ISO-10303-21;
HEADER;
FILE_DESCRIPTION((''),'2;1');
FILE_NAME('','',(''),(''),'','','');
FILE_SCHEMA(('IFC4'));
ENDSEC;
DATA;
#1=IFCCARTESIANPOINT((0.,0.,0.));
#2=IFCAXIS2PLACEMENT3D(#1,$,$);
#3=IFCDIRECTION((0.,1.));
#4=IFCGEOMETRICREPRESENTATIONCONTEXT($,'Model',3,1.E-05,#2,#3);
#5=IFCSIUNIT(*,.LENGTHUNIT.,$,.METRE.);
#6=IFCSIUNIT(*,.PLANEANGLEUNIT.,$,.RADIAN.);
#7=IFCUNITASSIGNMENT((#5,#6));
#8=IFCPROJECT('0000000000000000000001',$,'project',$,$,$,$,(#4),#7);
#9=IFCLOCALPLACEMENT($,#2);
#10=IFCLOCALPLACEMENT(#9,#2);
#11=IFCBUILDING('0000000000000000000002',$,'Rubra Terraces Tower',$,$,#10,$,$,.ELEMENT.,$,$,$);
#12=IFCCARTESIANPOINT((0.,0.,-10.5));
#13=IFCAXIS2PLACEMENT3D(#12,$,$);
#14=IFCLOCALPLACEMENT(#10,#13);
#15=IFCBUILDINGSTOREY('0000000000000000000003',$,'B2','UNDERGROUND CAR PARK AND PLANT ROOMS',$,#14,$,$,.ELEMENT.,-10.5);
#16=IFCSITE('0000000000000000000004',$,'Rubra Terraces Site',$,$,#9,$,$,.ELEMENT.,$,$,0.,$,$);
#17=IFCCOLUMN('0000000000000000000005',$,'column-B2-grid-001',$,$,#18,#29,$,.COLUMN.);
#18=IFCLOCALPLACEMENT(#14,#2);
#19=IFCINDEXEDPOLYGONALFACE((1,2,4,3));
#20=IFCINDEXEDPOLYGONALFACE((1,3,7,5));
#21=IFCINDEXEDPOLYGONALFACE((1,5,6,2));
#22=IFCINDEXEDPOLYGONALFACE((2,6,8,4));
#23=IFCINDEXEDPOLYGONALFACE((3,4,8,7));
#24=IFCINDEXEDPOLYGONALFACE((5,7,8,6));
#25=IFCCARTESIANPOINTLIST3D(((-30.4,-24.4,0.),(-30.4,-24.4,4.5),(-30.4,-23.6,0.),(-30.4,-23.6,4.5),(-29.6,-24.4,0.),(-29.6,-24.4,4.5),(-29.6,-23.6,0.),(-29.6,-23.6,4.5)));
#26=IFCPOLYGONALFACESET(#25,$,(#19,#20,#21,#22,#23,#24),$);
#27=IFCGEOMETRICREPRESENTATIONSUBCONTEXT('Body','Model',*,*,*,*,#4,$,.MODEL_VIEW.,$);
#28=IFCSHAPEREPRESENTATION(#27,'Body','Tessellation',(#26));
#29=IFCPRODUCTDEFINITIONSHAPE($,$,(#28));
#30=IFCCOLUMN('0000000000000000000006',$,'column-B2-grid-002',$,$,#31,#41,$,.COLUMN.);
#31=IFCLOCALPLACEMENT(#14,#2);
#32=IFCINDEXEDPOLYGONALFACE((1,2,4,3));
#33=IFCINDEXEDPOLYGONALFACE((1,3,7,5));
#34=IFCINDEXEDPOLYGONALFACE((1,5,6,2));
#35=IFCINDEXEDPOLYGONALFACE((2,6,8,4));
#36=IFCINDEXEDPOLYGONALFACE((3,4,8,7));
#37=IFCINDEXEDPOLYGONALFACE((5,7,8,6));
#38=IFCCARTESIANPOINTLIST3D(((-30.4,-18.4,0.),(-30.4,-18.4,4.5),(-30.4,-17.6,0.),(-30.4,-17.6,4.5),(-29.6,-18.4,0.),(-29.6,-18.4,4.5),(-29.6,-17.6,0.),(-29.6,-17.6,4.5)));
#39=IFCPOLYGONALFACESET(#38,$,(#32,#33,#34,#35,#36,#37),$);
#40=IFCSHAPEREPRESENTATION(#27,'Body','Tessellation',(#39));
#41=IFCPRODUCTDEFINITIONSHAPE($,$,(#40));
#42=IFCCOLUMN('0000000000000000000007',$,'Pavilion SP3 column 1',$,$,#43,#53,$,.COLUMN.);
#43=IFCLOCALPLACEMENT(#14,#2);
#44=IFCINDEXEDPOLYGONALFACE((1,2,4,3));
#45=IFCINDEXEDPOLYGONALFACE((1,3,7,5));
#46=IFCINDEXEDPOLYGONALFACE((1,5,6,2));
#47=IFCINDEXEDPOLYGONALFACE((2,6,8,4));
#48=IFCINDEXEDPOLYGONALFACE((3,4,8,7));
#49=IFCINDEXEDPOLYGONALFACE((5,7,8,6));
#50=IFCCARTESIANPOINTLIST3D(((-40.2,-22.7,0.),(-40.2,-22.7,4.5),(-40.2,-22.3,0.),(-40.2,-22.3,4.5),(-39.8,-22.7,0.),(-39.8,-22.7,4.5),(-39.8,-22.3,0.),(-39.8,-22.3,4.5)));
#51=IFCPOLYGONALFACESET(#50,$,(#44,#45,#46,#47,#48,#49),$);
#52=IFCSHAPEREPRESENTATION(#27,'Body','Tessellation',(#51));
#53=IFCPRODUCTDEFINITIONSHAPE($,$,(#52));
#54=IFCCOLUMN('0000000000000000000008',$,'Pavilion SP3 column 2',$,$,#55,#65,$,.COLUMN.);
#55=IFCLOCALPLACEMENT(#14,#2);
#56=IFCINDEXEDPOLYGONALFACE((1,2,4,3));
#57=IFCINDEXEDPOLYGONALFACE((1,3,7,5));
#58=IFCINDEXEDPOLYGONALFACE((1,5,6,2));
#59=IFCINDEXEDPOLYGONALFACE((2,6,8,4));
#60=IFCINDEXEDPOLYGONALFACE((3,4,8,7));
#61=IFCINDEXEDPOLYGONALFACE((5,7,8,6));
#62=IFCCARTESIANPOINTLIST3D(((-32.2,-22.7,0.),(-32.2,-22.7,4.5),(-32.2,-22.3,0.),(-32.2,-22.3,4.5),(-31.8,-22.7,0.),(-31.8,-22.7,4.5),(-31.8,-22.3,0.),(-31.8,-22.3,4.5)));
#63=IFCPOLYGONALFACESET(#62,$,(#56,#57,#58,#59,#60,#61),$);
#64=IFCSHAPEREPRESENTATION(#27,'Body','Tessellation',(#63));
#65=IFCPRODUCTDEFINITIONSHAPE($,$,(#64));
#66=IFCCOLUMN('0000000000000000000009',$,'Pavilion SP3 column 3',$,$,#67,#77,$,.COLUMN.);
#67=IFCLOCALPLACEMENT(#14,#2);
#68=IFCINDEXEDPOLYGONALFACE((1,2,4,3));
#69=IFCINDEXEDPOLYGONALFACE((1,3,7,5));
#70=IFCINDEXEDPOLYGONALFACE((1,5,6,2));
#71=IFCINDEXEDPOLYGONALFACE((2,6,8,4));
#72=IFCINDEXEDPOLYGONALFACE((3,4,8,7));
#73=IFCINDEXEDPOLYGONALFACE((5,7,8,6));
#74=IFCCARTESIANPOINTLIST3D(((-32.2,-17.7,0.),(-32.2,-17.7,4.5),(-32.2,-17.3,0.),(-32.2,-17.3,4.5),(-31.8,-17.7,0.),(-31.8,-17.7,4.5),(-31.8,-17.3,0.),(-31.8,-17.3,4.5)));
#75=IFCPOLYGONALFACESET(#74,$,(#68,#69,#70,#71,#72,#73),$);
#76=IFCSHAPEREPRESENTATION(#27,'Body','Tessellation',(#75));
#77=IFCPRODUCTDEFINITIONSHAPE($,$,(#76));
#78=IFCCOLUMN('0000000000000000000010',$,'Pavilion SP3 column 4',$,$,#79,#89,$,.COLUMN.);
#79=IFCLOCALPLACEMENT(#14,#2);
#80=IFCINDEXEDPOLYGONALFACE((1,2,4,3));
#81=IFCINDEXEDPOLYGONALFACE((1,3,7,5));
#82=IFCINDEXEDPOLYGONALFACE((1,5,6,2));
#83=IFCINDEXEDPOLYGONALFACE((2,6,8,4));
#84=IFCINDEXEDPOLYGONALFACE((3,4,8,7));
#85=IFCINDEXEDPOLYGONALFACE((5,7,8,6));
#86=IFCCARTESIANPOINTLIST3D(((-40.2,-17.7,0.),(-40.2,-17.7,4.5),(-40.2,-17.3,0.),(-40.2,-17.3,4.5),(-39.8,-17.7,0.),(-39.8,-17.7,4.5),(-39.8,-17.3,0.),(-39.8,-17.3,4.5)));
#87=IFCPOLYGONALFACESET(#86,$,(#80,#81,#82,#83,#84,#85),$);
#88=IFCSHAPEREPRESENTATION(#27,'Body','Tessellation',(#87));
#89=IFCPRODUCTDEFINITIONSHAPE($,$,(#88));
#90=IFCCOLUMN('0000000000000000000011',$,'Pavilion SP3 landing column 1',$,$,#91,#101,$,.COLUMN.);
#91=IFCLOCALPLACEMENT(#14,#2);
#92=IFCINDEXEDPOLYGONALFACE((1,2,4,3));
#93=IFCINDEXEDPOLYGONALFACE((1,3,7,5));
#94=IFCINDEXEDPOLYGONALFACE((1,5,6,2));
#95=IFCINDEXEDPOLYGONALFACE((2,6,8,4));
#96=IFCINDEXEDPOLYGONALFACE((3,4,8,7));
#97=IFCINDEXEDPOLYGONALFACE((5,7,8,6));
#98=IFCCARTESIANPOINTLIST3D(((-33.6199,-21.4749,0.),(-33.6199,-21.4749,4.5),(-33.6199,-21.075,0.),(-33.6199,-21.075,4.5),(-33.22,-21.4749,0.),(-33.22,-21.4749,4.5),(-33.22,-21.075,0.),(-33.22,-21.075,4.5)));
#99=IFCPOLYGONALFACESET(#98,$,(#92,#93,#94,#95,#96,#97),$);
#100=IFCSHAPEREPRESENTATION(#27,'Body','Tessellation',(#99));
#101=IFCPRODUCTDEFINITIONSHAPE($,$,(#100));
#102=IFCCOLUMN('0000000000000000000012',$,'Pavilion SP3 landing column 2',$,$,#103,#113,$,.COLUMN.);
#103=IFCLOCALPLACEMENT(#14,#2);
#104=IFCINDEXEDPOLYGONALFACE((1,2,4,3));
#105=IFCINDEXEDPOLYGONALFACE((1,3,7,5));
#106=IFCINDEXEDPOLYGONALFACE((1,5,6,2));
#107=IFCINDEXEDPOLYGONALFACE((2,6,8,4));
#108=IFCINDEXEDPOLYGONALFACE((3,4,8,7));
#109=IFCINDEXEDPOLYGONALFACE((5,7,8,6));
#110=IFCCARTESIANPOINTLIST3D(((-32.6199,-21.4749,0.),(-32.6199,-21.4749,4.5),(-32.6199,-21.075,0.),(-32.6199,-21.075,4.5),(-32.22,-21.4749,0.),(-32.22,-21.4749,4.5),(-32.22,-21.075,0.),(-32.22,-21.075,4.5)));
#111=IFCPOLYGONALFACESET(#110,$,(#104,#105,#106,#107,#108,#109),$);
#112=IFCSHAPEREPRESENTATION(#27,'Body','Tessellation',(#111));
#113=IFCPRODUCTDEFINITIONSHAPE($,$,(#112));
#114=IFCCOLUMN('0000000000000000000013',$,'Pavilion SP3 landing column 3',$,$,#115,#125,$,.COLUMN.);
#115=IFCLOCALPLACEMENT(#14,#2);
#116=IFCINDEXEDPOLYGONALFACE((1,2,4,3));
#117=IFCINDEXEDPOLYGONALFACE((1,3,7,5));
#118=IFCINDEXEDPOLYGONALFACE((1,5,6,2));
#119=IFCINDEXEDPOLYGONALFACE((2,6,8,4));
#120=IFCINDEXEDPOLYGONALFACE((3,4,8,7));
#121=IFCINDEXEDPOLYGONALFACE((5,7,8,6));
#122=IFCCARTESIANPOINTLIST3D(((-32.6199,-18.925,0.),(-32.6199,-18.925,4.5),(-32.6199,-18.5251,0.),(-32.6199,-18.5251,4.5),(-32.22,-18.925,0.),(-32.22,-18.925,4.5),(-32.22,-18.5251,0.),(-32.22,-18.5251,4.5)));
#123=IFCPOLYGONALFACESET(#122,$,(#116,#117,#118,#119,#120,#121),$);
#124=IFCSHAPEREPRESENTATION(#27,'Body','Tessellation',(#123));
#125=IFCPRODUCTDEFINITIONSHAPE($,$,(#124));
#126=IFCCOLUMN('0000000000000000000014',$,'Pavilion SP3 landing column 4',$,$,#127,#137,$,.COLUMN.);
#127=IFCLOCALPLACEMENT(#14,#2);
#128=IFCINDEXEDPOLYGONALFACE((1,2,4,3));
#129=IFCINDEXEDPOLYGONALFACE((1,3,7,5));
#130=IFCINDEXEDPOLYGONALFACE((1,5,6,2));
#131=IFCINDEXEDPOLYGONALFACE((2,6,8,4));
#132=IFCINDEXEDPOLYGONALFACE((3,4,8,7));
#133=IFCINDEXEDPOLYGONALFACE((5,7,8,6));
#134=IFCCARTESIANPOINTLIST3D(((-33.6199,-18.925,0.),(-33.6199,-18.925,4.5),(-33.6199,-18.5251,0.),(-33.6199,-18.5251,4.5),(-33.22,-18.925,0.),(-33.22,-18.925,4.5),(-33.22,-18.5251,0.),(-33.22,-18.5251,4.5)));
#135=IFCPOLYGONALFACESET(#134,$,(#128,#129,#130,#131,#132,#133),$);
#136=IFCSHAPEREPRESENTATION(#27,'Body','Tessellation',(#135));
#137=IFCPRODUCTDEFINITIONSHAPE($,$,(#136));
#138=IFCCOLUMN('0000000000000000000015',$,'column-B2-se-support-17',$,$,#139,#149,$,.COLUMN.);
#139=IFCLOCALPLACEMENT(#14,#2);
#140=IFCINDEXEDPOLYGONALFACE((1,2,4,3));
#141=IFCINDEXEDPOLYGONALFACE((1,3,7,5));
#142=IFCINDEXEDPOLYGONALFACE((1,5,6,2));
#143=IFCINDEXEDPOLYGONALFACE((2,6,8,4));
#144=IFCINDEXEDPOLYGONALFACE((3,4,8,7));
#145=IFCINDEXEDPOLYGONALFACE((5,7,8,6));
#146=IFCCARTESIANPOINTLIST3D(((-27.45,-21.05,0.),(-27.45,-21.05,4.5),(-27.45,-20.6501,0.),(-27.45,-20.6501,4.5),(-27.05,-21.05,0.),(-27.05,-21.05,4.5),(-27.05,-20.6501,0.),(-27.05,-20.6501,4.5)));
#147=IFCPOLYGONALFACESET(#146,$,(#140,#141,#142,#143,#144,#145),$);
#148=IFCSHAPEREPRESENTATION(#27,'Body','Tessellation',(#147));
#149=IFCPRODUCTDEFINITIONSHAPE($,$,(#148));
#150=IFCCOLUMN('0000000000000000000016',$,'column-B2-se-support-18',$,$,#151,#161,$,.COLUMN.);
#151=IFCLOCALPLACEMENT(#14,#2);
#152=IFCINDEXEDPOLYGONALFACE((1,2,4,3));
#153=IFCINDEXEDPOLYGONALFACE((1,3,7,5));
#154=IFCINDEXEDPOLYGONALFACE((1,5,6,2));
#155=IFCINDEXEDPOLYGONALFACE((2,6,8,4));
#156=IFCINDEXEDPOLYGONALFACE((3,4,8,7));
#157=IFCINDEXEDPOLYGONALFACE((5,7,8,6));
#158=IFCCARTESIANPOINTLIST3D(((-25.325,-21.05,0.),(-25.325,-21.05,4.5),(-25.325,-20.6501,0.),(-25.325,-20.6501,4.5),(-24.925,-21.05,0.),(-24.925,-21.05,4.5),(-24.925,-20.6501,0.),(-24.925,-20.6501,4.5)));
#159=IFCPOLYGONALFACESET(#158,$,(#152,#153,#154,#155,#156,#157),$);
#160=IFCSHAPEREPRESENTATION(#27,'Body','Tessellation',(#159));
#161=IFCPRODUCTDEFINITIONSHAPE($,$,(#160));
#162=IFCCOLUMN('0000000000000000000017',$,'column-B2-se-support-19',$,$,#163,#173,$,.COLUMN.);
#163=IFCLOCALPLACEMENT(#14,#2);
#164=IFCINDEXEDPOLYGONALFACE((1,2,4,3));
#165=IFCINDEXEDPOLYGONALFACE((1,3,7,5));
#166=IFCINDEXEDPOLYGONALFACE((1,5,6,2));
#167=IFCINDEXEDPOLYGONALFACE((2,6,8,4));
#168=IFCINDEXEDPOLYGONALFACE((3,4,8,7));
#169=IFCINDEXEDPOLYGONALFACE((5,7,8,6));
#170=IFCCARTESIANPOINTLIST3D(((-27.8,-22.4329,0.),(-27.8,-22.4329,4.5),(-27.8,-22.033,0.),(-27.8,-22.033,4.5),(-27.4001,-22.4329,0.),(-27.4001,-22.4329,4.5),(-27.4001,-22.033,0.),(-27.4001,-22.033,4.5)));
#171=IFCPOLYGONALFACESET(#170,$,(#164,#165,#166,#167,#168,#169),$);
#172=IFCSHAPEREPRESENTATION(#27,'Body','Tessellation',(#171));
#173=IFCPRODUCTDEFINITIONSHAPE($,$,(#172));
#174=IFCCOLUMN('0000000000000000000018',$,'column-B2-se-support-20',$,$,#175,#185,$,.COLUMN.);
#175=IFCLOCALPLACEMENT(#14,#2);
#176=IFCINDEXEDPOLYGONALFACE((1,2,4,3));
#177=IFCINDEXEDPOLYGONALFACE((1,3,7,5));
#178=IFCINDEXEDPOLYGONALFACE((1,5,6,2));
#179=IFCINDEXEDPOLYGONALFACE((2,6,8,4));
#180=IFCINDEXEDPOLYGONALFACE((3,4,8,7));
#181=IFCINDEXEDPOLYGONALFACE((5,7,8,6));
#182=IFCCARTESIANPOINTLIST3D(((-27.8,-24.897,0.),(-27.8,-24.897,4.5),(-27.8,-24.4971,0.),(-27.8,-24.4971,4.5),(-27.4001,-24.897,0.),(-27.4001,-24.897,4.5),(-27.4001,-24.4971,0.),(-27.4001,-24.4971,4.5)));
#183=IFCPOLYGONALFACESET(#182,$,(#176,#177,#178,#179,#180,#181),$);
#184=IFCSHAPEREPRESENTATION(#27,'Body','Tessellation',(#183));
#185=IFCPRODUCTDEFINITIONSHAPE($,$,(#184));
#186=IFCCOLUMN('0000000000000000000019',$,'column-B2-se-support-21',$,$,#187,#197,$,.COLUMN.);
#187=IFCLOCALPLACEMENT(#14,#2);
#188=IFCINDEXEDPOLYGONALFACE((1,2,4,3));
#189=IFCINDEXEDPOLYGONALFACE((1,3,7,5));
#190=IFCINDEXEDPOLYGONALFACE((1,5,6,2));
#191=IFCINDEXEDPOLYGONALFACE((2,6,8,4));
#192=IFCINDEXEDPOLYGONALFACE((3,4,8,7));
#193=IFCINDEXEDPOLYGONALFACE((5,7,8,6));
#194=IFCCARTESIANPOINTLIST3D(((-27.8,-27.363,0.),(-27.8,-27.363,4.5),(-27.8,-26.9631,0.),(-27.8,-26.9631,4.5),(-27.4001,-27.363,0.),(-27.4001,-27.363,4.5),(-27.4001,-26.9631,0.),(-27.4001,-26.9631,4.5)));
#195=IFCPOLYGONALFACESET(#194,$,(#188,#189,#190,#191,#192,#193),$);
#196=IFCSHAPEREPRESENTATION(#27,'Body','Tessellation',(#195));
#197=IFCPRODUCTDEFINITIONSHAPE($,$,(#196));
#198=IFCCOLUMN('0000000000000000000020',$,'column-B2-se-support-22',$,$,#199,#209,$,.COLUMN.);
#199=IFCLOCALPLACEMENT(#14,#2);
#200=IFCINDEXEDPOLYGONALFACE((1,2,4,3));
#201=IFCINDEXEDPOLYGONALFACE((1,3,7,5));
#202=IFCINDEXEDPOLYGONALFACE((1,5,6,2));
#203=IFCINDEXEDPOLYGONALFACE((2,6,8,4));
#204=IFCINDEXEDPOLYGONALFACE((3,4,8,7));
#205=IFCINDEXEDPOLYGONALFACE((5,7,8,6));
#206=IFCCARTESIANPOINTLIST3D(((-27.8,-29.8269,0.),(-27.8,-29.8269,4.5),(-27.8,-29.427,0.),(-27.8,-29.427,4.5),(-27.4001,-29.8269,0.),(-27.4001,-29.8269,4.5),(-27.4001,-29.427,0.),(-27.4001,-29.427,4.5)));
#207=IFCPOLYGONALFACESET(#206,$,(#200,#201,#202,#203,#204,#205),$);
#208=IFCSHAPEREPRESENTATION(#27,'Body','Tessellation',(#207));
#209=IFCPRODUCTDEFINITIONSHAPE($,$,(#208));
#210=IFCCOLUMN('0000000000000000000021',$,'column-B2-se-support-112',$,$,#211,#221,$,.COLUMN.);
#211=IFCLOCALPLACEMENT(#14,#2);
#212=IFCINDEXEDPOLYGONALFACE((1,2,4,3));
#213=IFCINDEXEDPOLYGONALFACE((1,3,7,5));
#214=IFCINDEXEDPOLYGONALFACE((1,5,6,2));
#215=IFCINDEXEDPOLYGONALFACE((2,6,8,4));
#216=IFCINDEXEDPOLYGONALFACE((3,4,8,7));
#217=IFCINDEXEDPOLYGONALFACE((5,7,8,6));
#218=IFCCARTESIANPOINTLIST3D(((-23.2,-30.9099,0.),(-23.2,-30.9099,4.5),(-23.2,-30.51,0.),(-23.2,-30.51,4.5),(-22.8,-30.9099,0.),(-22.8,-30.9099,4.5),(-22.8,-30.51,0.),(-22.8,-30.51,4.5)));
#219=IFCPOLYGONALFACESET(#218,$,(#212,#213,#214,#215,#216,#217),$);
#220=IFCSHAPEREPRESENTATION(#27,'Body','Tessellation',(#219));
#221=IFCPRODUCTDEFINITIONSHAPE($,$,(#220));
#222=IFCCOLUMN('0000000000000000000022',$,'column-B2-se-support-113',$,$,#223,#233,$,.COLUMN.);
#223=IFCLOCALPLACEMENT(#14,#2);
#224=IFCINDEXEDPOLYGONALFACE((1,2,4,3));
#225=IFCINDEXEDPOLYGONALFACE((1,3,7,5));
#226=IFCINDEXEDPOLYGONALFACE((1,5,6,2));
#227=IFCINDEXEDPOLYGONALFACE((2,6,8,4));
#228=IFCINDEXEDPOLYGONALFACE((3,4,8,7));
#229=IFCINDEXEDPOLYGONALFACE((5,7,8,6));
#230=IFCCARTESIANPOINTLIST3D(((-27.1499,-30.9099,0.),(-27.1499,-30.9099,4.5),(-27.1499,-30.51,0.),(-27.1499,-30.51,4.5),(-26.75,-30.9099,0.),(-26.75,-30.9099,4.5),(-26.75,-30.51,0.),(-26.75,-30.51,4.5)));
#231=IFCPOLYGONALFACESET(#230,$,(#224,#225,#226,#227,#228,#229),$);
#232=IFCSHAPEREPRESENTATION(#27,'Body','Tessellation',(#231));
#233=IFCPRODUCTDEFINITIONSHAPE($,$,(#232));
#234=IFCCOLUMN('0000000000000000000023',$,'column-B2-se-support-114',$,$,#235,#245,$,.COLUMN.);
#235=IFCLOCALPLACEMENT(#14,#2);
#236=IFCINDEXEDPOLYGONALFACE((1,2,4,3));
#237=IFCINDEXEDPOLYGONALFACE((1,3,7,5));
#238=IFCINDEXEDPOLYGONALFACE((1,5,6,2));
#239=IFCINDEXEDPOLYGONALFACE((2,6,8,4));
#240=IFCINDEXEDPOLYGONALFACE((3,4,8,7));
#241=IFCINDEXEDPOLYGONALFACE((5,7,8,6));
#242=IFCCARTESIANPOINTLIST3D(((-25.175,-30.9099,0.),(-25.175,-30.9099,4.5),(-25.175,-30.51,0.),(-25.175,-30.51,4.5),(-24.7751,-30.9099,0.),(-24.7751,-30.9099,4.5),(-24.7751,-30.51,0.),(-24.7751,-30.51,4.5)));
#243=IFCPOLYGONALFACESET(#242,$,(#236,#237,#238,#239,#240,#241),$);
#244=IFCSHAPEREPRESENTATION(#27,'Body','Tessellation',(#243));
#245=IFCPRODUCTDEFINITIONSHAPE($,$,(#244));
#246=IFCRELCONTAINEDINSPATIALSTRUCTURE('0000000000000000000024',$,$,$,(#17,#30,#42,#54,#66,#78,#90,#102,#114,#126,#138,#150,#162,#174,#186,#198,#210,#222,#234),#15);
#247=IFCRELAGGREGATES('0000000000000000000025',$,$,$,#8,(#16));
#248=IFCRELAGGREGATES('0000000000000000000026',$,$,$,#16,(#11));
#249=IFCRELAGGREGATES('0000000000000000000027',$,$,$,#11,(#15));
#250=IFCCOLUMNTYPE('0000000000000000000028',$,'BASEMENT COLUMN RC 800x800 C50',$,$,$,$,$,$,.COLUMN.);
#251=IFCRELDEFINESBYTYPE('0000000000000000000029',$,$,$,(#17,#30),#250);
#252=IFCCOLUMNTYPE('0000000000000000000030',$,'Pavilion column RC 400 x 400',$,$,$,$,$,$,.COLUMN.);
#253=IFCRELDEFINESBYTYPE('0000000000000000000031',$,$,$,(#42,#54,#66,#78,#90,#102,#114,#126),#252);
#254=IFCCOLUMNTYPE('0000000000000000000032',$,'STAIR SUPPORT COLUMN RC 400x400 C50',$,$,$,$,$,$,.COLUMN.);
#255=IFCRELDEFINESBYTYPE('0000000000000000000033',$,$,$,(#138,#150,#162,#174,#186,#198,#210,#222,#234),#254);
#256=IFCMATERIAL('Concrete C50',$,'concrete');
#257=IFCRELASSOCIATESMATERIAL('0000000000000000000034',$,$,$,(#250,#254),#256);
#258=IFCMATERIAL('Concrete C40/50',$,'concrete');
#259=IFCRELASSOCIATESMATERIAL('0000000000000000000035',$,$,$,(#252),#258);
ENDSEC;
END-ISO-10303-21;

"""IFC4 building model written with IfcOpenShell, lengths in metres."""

from ifc_helpers import new_model, si_unit, direction, frame, origin, origin_2d, place, context, subcontext, project, spatial, rectangle, extrude, material, material_profile, profile_set, type_object, element, save


model = new_model("IFC4")

# Units and contexts
model_context = context("Model", 3, precision=1e-05, world=origin(), true_north=direction((0.0, 1.0)))
body_context = subcontext(model_context, "Body", "Model", "MODEL_VIEW")
ifc_project = project(units=[si_unit("LENGTHUNIT", "METRE"), si_unit("PLANEANGLEUNIT", "RADIAN")], contexts=[model_context])

# Site, building, storey
site_placement = place(None, origin())
site = spatial("IfcSite", under=ifc_project, at=site_placement, Name="Rubra Terraces Site", CompositionType="ELEMENT", RefElevation=0.0)
building_placement = place(site_placement, origin())
building = spatial("IfcBuilding", under=site, at=building_placement, Name="Rubra Terraces Tower", CompositionType="ELEMENT")
storey_placement = place(building_placement, frame((0.0, 0.0, -10.5)))
storey = spatial("IfcBuildingStorey", under=building, at=storey_placement, Name="B2", Description="UNDERGROUND CAR PARK AND PLANT ROOMS", CompositionType="ELEMENT", Elevation=-10.5)

# Columns
ifc_material_1 = material(Name="Concrete C50", Category="concrete")
ifc_material_profile_1 = material_profile(ifc_material_1, rectangle(XDim=0.8, YDim=0.8, at=origin_2d()), Name="RC 800x800")
ifc_profile_set_1 = profile_set([ifc_material_profile_1], Name="Concrete C50")
column_type_1 = type_object("IfcColumnType", Name="BASEMENT COLUMN RC 800x800 C50", PredefinedType="COLUMN", material=ifc_profile_set_1)
for number, where, z_axis, x_axis, name in (
    (1, (-30.0, -24.0, 0.0), (0.0, 0.0, 1.0), (1.0, 0.0, 0.0), "column-B2-grid-001"),
    (2, (-30.0, -18.0, 0.0), (0.0, 0.0, 1.0), (1.0, 0.0, 0.0), "column-B2-grid-002"),
):
    element("IfcColumn", number, at=place(storey_placement, frame(where, z_axis=z_axis, x_axis=x_axis)), inside=storey, type_object=column_type_1, Name=name, PredefinedType="COLUMN", context=body_context, shape_type="SweptSolid", body=[
        extrude(rectangle(XDim=0.8, YDim=0.8, at=origin_2d()), origin(), (0.0, 0.0, 1.0), 4.5),
    ])
ifc_material_2 = material(Name="Concrete C40/50", Category="concrete")
ifc_material_profile_2 = material_profile(ifc_material_2, rectangle(XDim=0.3999, YDim=0.3999, at=origin_2d()), Name="RC 400x400")
ifc_profile_set_2 = profile_set([ifc_material_profile_2], Name="Concrete C40/50")
column_type_2 = type_object("IfcColumnType", Name="Pavilion column RC 400 x 400", PredefinedType="COLUMN", material=ifc_profile_set_2)
for number, where, z_axis, x_axis, name in (
    (3, (-40.0, -22.5, 0.0), (0.0, 0.0, 1.0), (1.0, 0.0, 0.0), "Pavilion SP3 column 1"),
    (4, (-32.0, -22.5, 0.0), (0.0, 0.0, 1.0), (1.0, 0.0, 0.0), "Pavilion SP3 column 2"),
    (5, (-32.0, -17.5, 0.0), (0.0, 0.0, 1.0), (1.0, 0.0, 0.0), "Pavilion SP3 column 3"),
    (6, (-40.0, -17.5, 0.0), (0.0, 0.0, 1.0), (1.0, 0.0, 0.0), "Pavilion SP3 column 4"),
    (7, (-33.4199, -21.2749, 0.0), (0.0, 0.0, 1.0), (1.0, 0.0, 0.0), "Pavilion SP3 landing column 1"),
    (8, (-32.4199, -21.2749, 0.0), (0.0, 0.0, 1.0), (1.0, 0.0, 0.0), "Pavilion SP3 landing column 2"),
    (9, (-32.4199, -18.7251, 0.0), (0.0, 0.0, 1.0), (1.0, 0.0, 0.0), "Pavilion SP3 landing column 3"),
    (10, (-33.4199, -18.7251, 0.0), (0.0, 0.0, 1.0), (1.0, 0.0, 0.0), "Pavilion SP3 landing column 4"),
):
    element("IfcColumn", number, at=place(storey_placement, frame(where, z_axis=z_axis, x_axis=x_axis)), inside=storey, type_object=column_type_2, Name=name, PredefinedType="COLUMN", context=body_context, shape_type="SweptSolid", body=[
        extrude(rectangle(XDim=0.3999, YDim=0.3999, at=origin_2d()), origin(), (0.0, 0.0, 1.0), 4.5),
    ])
ifc_material_profile_3 = material_profile(ifc_material_1, rectangle(XDim=0.3999, YDim=0.3999, at=origin_2d()), Name="RC 400x400")
ifc_profile_set_3 = profile_set([ifc_material_profile_3], Name="Concrete C50")
column_type_3 = type_object("IfcColumnType", Name="STAIR SUPPORT COLUMN RC 400x400 C50", PredefinedType="COLUMN", material=ifc_profile_set_3)
for number, where, z_axis, x_axis, name in (
    (11, (-27.25, -20.8501, 0.0), (0.0, 0.0, 1.0), (1.0, 0.0, 0.0), "column-B2-se-support-17"),
    (12, (-25.125, -20.8501, 0.0), (0.0, 0.0, 1.0), (1.0, 0.0, 0.0), "column-B2-se-support-18"),
    (13, (-27.6001, -22.2329, 0.0), (0.0, 0.0, 1.0), (1.0, 0.0, 0.0), "column-B2-se-support-19"),
    (14, (-27.6001, -24.697, 0.0), (0.0, 0.0, 1.0), (1.0, 0.0, 0.0), "column-B2-se-support-20"),
    (15, (-27.6001, -27.1631, 0.0), (0.0, 0.0, 1.0), (1.0, 0.0, 0.0), "column-B2-se-support-21"),
    (16, (-27.6001, -29.627, 0.0), (0.0, 0.0, 1.0), (1.0, 0.0, 0.0), "column-B2-se-support-22"),
    (17, (-23.0, -30.71, 0.0), (0.0, 0.0, 1.0), (1.0, 0.0, 0.0), "column-B2-se-support-112"),
    (18, (-26.95, -30.71, 0.0), (0.0, 0.0, 1.0), (1.0, 0.0, 0.0), "column-B2-se-support-113"),
    (19, (-24.9751, -30.71, 0.0), (0.0, 0.0, 1.0), (1.0, 0.0, 0.0), "column-B2-se-support-114"),
):
    element("IfcColumn", number, at=place(storey_placement, frame(where, z_axis=z_axis, x_axis=x_axis)), inside=storey, type_object=column_type_3, Name=name, PredefinedType="COLUMN", context=body_context, shape_type="SweptSolid", body=[
        extrude(rectangle(XDim=0.3999, YDim=0.3999, at=origin_2d()), origin(), (0.0, 0.0, 1.0), 4.5),
    ])

save(model, "model.ifc")
